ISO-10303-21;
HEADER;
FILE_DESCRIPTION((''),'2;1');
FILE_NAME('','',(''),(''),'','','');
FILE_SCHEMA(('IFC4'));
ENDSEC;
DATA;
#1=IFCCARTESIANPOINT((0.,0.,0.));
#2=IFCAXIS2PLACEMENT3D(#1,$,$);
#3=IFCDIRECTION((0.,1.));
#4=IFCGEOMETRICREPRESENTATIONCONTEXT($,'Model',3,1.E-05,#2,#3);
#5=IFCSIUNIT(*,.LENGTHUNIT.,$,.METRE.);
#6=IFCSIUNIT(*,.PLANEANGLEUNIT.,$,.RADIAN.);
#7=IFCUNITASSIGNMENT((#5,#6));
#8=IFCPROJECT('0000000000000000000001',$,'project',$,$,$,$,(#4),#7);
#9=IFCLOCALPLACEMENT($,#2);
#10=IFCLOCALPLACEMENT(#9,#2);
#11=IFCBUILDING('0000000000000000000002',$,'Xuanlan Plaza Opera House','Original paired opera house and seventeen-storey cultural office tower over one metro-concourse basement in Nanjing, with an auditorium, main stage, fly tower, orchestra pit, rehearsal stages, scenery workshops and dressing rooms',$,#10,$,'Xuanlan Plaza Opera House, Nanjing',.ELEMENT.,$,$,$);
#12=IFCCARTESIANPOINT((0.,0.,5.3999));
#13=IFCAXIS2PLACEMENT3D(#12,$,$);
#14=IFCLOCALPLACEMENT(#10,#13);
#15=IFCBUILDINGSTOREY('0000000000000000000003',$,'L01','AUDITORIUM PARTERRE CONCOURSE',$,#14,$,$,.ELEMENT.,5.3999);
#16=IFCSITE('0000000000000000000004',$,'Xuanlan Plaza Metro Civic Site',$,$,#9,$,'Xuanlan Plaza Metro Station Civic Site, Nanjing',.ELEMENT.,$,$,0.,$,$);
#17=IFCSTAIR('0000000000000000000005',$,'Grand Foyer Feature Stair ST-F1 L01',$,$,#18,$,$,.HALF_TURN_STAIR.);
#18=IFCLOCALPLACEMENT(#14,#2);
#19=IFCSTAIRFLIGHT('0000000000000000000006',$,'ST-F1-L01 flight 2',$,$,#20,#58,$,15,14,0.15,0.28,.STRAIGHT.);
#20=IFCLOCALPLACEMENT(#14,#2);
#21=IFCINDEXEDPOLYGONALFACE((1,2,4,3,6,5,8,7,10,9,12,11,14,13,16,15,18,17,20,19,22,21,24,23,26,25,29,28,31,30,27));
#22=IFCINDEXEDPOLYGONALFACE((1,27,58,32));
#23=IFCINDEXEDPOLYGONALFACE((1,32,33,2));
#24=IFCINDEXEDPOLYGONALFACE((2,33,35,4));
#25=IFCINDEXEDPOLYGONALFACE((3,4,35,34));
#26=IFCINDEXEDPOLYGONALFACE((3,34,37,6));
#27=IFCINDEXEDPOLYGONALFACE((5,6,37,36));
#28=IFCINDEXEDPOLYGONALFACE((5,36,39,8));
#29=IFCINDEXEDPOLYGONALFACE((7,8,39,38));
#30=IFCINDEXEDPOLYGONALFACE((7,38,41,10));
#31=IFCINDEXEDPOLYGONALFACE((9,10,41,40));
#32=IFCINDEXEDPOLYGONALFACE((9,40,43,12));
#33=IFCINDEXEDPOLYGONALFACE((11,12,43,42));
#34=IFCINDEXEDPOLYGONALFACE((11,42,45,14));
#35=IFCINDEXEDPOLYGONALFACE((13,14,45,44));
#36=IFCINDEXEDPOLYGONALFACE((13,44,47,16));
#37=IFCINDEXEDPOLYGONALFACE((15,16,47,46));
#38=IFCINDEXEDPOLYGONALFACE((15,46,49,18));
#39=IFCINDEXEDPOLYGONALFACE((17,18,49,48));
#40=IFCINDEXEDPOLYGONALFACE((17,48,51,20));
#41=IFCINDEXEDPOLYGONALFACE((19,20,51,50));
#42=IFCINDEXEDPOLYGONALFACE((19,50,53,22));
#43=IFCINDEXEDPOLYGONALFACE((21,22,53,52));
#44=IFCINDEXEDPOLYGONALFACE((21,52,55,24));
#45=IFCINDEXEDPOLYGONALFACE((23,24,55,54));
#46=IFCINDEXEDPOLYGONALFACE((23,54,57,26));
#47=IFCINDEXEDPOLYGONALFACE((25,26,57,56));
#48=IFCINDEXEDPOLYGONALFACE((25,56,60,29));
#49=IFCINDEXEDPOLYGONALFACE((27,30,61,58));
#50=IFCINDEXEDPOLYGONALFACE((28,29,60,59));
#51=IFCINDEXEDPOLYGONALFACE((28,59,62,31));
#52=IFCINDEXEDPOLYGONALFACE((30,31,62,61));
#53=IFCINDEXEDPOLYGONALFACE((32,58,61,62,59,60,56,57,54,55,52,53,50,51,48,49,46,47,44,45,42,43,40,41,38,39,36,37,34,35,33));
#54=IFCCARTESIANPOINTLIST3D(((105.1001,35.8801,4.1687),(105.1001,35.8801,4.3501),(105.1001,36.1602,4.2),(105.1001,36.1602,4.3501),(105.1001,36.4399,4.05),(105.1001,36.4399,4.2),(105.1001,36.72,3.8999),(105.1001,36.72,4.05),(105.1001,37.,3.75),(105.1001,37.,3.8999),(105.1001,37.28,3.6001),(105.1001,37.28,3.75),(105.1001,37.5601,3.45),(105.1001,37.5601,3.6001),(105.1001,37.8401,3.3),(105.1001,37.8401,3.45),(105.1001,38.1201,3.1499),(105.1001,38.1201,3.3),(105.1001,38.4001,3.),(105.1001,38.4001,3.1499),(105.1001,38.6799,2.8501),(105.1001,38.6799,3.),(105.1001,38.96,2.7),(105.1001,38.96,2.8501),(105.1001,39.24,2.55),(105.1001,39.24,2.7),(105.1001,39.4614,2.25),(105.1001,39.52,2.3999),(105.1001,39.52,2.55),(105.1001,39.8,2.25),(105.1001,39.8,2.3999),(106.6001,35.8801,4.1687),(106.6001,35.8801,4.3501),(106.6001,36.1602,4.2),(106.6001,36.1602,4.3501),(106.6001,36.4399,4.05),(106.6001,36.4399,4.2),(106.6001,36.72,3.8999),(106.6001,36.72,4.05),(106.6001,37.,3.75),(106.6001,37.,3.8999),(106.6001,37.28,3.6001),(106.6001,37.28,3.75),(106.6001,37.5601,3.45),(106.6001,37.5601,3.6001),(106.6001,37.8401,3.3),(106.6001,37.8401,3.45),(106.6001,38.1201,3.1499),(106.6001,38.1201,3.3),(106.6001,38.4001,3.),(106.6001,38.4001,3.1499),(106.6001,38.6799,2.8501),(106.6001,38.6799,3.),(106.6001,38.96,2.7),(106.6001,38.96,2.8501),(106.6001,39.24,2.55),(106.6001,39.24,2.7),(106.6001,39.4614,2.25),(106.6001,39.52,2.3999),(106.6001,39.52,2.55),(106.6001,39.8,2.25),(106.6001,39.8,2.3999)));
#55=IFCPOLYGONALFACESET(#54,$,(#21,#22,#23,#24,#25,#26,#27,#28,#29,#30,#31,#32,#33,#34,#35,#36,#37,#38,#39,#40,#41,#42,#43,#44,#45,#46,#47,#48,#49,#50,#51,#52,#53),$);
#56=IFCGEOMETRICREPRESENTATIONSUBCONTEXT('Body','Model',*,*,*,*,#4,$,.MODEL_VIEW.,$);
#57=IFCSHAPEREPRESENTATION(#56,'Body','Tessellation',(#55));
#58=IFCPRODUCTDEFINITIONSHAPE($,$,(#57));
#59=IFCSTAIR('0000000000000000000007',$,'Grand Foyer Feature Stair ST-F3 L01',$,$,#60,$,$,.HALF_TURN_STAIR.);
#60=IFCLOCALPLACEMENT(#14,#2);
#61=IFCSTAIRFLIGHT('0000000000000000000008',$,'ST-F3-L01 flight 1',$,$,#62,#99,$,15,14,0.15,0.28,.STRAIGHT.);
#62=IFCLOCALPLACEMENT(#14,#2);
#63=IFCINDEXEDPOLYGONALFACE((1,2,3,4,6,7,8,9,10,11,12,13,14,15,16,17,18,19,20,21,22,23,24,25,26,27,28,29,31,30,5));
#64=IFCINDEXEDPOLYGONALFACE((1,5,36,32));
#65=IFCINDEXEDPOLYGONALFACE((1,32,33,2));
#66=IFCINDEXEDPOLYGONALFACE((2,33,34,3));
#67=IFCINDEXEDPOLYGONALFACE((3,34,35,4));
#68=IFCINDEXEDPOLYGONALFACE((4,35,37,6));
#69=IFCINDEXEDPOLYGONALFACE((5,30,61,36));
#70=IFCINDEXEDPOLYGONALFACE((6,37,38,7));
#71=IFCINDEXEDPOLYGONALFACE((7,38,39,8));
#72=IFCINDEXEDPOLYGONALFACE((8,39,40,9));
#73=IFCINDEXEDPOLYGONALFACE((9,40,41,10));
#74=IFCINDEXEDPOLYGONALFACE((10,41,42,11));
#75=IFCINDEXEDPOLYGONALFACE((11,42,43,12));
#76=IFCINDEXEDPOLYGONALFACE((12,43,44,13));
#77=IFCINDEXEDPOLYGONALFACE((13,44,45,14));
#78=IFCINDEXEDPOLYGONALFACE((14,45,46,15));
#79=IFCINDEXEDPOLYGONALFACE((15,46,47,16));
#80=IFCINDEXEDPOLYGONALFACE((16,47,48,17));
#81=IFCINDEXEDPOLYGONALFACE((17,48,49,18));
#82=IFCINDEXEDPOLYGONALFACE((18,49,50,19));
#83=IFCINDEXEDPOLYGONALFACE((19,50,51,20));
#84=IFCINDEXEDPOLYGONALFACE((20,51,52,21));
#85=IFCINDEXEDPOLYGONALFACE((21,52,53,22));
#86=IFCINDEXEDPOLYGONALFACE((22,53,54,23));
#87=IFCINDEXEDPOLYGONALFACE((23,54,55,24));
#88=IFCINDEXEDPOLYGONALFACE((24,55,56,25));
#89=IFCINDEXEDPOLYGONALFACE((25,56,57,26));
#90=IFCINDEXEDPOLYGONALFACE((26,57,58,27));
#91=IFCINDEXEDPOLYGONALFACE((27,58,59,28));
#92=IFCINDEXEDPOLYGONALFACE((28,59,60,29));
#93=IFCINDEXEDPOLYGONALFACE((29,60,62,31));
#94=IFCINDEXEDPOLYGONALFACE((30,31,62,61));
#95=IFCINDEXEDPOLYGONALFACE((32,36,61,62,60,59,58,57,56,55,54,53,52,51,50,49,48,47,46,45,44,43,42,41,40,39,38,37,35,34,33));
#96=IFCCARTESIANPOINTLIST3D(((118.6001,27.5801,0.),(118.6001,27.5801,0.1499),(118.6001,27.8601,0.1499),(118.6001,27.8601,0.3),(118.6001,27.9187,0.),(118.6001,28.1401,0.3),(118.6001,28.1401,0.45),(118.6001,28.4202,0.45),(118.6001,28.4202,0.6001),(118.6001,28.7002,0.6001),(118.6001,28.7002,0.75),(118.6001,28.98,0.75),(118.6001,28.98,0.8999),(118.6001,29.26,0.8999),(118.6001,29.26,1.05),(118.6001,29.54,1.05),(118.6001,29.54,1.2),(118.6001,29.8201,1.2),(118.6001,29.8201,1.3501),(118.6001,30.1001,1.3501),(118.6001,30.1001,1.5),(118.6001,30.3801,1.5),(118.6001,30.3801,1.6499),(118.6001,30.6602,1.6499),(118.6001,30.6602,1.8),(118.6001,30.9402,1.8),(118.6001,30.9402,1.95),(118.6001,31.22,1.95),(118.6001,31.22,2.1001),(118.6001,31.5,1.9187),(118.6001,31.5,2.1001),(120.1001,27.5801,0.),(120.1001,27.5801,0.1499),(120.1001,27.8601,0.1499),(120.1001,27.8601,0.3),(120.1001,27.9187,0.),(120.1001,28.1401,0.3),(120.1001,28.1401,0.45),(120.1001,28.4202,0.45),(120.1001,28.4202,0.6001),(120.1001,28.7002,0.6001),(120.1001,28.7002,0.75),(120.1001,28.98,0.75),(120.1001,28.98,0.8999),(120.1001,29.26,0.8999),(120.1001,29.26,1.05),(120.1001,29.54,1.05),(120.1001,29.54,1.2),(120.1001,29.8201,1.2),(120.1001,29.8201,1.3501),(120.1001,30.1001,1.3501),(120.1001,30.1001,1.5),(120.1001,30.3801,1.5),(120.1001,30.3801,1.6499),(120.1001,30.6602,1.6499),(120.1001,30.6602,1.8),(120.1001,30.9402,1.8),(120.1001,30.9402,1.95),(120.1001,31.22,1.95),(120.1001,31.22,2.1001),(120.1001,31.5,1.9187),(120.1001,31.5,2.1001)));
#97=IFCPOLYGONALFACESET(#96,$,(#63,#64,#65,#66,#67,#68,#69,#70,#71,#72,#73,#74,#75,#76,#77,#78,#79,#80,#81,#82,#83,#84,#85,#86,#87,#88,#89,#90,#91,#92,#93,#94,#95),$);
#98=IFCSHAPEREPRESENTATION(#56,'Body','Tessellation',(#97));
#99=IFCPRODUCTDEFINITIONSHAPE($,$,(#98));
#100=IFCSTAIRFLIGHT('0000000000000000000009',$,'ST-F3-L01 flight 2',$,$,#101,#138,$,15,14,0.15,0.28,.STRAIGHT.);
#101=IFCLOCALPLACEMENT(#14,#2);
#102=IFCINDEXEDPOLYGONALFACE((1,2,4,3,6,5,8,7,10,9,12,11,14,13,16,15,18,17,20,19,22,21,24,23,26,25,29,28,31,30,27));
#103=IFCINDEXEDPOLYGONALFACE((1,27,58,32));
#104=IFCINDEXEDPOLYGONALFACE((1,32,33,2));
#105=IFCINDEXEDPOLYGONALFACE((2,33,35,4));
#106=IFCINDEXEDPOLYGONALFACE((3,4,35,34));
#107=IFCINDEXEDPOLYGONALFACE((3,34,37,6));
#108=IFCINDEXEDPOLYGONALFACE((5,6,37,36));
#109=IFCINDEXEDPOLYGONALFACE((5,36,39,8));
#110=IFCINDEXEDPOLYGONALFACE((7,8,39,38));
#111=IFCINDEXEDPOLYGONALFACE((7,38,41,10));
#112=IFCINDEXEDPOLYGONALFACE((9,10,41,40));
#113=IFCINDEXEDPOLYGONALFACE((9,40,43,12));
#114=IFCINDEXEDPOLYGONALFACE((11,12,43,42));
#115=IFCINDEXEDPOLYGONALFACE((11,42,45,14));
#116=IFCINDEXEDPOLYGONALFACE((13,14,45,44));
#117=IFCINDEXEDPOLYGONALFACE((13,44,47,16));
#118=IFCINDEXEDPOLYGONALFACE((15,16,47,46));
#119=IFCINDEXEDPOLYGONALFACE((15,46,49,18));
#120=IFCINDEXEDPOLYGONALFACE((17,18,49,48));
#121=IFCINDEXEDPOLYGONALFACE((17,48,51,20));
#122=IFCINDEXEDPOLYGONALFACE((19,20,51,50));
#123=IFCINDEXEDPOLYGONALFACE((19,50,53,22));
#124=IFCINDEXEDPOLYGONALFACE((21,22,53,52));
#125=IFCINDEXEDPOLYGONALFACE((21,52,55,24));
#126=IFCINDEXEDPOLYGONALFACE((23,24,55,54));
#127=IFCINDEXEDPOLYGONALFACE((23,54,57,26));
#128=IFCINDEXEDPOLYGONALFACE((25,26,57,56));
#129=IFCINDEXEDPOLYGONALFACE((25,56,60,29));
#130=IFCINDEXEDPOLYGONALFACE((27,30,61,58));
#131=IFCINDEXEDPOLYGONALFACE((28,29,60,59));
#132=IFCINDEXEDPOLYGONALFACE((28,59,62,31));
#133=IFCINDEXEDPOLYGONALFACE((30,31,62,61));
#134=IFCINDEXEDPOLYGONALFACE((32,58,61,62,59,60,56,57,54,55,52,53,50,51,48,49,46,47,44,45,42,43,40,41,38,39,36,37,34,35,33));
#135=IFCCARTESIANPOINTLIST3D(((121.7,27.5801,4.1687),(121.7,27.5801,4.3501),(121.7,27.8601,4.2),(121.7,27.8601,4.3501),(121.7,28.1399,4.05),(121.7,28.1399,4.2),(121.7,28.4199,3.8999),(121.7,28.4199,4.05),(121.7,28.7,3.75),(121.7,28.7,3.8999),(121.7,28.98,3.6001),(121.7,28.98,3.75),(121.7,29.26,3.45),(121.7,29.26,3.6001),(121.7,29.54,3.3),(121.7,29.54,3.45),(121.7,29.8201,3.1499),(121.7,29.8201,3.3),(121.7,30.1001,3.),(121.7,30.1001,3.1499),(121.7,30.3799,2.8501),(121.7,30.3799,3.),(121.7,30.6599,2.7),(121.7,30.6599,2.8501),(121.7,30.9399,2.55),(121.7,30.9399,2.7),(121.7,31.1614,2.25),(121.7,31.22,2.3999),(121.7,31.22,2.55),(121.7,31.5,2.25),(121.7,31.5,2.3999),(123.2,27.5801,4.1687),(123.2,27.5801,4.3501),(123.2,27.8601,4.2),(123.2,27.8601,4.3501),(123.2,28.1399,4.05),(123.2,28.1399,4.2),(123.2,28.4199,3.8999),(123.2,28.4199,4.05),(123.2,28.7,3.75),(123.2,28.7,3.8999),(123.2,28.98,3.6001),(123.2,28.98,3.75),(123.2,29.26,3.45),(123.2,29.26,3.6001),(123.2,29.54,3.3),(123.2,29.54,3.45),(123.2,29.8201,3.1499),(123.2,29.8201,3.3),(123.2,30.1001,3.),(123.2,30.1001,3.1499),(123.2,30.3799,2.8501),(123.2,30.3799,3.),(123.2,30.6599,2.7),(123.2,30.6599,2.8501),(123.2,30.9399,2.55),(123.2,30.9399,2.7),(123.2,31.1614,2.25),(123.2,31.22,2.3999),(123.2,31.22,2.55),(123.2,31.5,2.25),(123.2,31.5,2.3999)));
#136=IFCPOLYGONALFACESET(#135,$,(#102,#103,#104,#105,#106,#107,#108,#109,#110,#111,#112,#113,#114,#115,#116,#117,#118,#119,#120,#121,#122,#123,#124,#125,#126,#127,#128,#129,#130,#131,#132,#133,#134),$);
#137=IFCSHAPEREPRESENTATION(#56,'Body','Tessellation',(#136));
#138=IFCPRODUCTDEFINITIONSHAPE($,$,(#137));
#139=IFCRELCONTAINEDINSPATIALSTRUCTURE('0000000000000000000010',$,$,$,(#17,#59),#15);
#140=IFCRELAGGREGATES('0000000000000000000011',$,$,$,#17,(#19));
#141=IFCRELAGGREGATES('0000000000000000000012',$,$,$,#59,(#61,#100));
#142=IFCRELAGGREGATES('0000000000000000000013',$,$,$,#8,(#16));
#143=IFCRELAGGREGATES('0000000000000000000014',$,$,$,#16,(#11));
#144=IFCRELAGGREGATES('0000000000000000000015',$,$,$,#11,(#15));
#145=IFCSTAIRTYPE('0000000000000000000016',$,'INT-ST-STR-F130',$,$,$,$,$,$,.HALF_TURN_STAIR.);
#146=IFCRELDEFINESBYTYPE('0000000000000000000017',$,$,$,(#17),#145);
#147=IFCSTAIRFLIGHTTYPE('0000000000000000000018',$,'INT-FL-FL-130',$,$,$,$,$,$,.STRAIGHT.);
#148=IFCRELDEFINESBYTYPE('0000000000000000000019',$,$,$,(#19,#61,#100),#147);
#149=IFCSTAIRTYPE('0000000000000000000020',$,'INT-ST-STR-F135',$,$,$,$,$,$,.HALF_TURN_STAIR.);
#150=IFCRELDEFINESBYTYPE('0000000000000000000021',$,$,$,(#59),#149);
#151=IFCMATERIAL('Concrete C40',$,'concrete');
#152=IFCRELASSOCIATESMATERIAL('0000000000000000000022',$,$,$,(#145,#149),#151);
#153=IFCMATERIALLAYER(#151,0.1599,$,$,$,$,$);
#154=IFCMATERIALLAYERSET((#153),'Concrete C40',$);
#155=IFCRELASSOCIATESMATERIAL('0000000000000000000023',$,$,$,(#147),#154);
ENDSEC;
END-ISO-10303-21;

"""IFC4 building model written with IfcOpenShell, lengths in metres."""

from ifc_helpers import new_model, si_unit, direction, frame, origin, place, context, subcontext, project, spatial, polyline, outline, extrude, material, layer, layer_set, type_object, element, aggregate, save


model = new_model("IFC4")

# Units and contexts
model_context = context("Model", 3, precision=1e-05, world=origin(), true_north=direction((0.0, 1.0)))
body_context = subcontext(model_context, "Body", "Model", "MODEL_VIEW")
ifc_project = project(units=[si_unit("LENGTHUNIT", "METRE"), si_unit("PLANEANGLEUNIT", "RADIAN")], contexts=[model_context])

# Site, building, storey
site_placement = place(None, origin())
site = spatial("IfcSite", under=ifc_project, at=site_placement, Name="Xuanlan Plaza Metro Civic Site", LongName="Xuanlan Plaza Metro Station Civic Site, Nanjing", CompositionType="ELEMENT", RefElevation=0.0)
building_placement = place(site_placement, origin())
building = spatial("IfcBuilding", under=site, at=building_placement, Name="Xuanlan Plaza Opera House", Description="Original paired opera house and seventeen-storey cultural office tower over one metro-concourse basement in Nanjing, with an auditorium, main stage, fly tower, orchestra pit, rehearsal stages, scenery workshops and dressing rooms", LongName="Xuanlan Plaza Opera House, Nanjing", CompositionType="ELEMENT")
storey_placement = place(building_placement, frame((0.0, 0.0, 5.3999)))
storey = spatial("IfcBuildingStorey", under=building, at=storey_placement, Name="L01", Description="AUDITORIUM PARTERRE CONCOURSE", CompositionType="ELEMENT", Elevation=5.3999)

# Shared definitions
ifc_material_1 = material(Name="Concrete C40", Category="concrete")

# Stairs, stair flights
stair_type_1 = type_object("IfcStairType", Name="INT-ST-STR-F130", PredefinedType="HALF_TURN_STAIR", material=ifc_material_1)
stair_1_placement = place(storey_placement, origin())
stair_1 = element("IfcStair", 1, at=stair_1_placement, inside=storey, type_object=stair_type_1, Name="Grand Foyer Feature Stair ST-F1 L01", PredefinedType="HALF_TURN_STAIR")
ifc_layer_1 = layer(ifc_material_1, 0.1599)
ifc_layer_set_1 = layer_set([ifc_layer_1], Name="Concrete C40")
stair_flight_type = type_object("IfcStairFlightType", Name="INT-FL-FL-130", PredefinedType="STRAIGHT", material=ifc_layer_set_1)
stair_flight_1_placement = place(storey_placement, frame((105.8501, 39.8, 2.25), z_axis=(0.0, 0.0, 1.0), x_axis=(0.0, -1.0, 0.0)))
stair_flight_1 = element("IfcStairFlight", 2, at=stair_flight_1_placement, type_object=stair_flight_type, Name="ST-F1-L01 flight 2", NumberOfRisers=15, NumberOfTreads=14, PredefinedType="STRAIGHT", RiserHeight=0.15, TreadLength=0.28, context=body_context, shape_type="SweptSolid", body=[
    extrude(outline(polyline([(0.0, 0.0), (0.0, 0.1499), (0.28, 0.1499), (0.28, 0.3), (0.5601, 0.3), (0.5601, 0.45), (0.8401, 0.45), (0.8401, 0.6001), (1.1201, 0.6001), (1.1201, 0.75), (1.3999, 0.75), (1.3999, 0.8999), (1.6799, 0.8999), (1.6799, 1.05), (1.96, 1.05), (1.96, 1.2), (2.24, 1.2), (2.24, 1.3501), (2.52, 1.3501), (2.52, 1.5), (2.8, 1.5), (2.8, 1.6499), (3.0801, 1.6499), (3.0801, 1.8), (3.3601, 1.8), (3.3601, 1.95), (3.6399, 1.95), (3.6399, 2.1001), (3.9199, 2.1001), (3.9199, 2.25), (3.9199, 1.9187), (0.3386, 0.0), (0.0, 0.0)])), frame((0.0, 0.75, 0.0), z_axis=(0.0, -1.0, 0.0), x_axis=(1.0, 0.0, 0.0)), (0.0, 0.0, 1.0), 1.5),
])
aggregate(stair_1, [stair_flight_1])
stair_type_2 = type_object("IfcStairType", Name="INT-ST-STR-F135", PredefinedType="HALF_TURN_STAIR", material=ifc_material_1)
stair_2_placement = place(storey_placement, origin())
stair_2 = element("IfcStair", 3, at=stair_2_placement, inside=storey, type_object=stair_type_2, Name="Grand Foyer Feature Stair ST-F3 L01", PredefinedType="HALF_TURN_STAIR")
stair_flight_2_placement = place(storey_placement, frame((119.3501, 27.5801, 0.0), z_axis=(0.0, 0.0, 1.0), x_axis=(0.0, 1.0, 0.0)))
stair_flight_2 = element("IfcStairFlight", 4, at=stair_flight_2_placement, type_object=stair_flight_type, Name="ST-F3-L01 flight 1", NumberOfRisers=15, NumberOfTreads=14, PredefinedType="STRAIGHT", RiserHeight=0.15, TreadLength=0.28, context=body_context, shape_type="SweptSolid", body=[
    extrude(outline(polyline([(0.0, 0.0), (0.0, 0.1499), (0.28, 0.1499), (0.28, 0.3), (0.5601, 0.3), (0.5601, 0.45), (0.8401, 0.45), (0.8401, 0.6001), (1.1201, 0.6001), (1.1201, 0.75), (1.3999, 0.75), (1.3999, 0.8999), (1.6799, 0.8999), (1.6799, 1.05), (1.96, 1.05), (1.96, 1.2), (2.24, 1.2), (2.24, 1.3501), (2.52, 1.3501), (2.52, 1.5), (2.8, 1.5), (2.8, 1.6499), (3.0801, 1.6499), (3.0801, 1.8), (3.3601, 1.8), (3.3601, 1.95), (3.6399, 1.95), (3.6399, 2.1001), (3.9199, 2.1001), (3.9199, 2.25), (3.9199, 1.9187), (0.3386, 0.0), (0.0, 0.0)])), frame((0.0, 0.75, 0.0), z_axis=(0.0, -1.0, 0.0), x_axis=(1.0, 0.0, 0.0)), (0.0, 0.0, 1.0), 1.5),
])
stair_flight_3_placement = place(storey_placement, frame((122.45, 31.5, 2.25), z_axis=(0.0, 0.0, 1.0), x_axis=(0.0, -1.0, 0.0)))
stair_flight_3 = element("IfcStairFlight", 5, at=stair_flight_3_placement, type_object=stair_flight_type, Name="ST-F3-L01 flight 2", NumberOfRisers=15, NumberOfTreads=14, PredefinedType="STRAIGHT", RiserHeight=0.15, TreadLength=0.28, context=body_context, shape_type="SweptSolid", body=[
    extrude(outline(polyline([(0.0, 0.0), (0.0, 0.1499), (0.28, 0.1499), (0.28, 0.3), (0.5601, 0.3), (0.5601, 0.45), (0.8401, 0.45), (0.8401, 0.6001), (1.1201, 0.6001), (1.1201, 0.75), (1.3999, 0.75), (1.3999, 0.8999), (1.6799, 0.8999), (1.6799, 1.05), (1.96, 1.05), (1.96, 1.2), (2.24, 1.2), (2.24, 1.3501), (2.52, 1.3501), (2.52, 1.5), (2.8, 1.5), (2.8, 1.6499), (3.0801, 1.6499), (3.0801, 1.8), (3.3601, 1.8), (3.3601, 1.95), (3.6399, 1.95), (3.6399, 2.1001), (3.9199, 2.1001), (3.9199, 2.25), (3.9199, 1.9187), (0.3386, 0.0), (0.0, 0.0)])), frame((0.0, 0.75, 0.0), z_axis=(0.0, -1.0, 0.0), x_axis=(1.0, 0.0, 0.0)), (0.0, 0.0, 1.0), 1.5),
])
aggregate(stair_2, [stair_flight_2, stair_flight_3])

save(model, "model.ifc")
